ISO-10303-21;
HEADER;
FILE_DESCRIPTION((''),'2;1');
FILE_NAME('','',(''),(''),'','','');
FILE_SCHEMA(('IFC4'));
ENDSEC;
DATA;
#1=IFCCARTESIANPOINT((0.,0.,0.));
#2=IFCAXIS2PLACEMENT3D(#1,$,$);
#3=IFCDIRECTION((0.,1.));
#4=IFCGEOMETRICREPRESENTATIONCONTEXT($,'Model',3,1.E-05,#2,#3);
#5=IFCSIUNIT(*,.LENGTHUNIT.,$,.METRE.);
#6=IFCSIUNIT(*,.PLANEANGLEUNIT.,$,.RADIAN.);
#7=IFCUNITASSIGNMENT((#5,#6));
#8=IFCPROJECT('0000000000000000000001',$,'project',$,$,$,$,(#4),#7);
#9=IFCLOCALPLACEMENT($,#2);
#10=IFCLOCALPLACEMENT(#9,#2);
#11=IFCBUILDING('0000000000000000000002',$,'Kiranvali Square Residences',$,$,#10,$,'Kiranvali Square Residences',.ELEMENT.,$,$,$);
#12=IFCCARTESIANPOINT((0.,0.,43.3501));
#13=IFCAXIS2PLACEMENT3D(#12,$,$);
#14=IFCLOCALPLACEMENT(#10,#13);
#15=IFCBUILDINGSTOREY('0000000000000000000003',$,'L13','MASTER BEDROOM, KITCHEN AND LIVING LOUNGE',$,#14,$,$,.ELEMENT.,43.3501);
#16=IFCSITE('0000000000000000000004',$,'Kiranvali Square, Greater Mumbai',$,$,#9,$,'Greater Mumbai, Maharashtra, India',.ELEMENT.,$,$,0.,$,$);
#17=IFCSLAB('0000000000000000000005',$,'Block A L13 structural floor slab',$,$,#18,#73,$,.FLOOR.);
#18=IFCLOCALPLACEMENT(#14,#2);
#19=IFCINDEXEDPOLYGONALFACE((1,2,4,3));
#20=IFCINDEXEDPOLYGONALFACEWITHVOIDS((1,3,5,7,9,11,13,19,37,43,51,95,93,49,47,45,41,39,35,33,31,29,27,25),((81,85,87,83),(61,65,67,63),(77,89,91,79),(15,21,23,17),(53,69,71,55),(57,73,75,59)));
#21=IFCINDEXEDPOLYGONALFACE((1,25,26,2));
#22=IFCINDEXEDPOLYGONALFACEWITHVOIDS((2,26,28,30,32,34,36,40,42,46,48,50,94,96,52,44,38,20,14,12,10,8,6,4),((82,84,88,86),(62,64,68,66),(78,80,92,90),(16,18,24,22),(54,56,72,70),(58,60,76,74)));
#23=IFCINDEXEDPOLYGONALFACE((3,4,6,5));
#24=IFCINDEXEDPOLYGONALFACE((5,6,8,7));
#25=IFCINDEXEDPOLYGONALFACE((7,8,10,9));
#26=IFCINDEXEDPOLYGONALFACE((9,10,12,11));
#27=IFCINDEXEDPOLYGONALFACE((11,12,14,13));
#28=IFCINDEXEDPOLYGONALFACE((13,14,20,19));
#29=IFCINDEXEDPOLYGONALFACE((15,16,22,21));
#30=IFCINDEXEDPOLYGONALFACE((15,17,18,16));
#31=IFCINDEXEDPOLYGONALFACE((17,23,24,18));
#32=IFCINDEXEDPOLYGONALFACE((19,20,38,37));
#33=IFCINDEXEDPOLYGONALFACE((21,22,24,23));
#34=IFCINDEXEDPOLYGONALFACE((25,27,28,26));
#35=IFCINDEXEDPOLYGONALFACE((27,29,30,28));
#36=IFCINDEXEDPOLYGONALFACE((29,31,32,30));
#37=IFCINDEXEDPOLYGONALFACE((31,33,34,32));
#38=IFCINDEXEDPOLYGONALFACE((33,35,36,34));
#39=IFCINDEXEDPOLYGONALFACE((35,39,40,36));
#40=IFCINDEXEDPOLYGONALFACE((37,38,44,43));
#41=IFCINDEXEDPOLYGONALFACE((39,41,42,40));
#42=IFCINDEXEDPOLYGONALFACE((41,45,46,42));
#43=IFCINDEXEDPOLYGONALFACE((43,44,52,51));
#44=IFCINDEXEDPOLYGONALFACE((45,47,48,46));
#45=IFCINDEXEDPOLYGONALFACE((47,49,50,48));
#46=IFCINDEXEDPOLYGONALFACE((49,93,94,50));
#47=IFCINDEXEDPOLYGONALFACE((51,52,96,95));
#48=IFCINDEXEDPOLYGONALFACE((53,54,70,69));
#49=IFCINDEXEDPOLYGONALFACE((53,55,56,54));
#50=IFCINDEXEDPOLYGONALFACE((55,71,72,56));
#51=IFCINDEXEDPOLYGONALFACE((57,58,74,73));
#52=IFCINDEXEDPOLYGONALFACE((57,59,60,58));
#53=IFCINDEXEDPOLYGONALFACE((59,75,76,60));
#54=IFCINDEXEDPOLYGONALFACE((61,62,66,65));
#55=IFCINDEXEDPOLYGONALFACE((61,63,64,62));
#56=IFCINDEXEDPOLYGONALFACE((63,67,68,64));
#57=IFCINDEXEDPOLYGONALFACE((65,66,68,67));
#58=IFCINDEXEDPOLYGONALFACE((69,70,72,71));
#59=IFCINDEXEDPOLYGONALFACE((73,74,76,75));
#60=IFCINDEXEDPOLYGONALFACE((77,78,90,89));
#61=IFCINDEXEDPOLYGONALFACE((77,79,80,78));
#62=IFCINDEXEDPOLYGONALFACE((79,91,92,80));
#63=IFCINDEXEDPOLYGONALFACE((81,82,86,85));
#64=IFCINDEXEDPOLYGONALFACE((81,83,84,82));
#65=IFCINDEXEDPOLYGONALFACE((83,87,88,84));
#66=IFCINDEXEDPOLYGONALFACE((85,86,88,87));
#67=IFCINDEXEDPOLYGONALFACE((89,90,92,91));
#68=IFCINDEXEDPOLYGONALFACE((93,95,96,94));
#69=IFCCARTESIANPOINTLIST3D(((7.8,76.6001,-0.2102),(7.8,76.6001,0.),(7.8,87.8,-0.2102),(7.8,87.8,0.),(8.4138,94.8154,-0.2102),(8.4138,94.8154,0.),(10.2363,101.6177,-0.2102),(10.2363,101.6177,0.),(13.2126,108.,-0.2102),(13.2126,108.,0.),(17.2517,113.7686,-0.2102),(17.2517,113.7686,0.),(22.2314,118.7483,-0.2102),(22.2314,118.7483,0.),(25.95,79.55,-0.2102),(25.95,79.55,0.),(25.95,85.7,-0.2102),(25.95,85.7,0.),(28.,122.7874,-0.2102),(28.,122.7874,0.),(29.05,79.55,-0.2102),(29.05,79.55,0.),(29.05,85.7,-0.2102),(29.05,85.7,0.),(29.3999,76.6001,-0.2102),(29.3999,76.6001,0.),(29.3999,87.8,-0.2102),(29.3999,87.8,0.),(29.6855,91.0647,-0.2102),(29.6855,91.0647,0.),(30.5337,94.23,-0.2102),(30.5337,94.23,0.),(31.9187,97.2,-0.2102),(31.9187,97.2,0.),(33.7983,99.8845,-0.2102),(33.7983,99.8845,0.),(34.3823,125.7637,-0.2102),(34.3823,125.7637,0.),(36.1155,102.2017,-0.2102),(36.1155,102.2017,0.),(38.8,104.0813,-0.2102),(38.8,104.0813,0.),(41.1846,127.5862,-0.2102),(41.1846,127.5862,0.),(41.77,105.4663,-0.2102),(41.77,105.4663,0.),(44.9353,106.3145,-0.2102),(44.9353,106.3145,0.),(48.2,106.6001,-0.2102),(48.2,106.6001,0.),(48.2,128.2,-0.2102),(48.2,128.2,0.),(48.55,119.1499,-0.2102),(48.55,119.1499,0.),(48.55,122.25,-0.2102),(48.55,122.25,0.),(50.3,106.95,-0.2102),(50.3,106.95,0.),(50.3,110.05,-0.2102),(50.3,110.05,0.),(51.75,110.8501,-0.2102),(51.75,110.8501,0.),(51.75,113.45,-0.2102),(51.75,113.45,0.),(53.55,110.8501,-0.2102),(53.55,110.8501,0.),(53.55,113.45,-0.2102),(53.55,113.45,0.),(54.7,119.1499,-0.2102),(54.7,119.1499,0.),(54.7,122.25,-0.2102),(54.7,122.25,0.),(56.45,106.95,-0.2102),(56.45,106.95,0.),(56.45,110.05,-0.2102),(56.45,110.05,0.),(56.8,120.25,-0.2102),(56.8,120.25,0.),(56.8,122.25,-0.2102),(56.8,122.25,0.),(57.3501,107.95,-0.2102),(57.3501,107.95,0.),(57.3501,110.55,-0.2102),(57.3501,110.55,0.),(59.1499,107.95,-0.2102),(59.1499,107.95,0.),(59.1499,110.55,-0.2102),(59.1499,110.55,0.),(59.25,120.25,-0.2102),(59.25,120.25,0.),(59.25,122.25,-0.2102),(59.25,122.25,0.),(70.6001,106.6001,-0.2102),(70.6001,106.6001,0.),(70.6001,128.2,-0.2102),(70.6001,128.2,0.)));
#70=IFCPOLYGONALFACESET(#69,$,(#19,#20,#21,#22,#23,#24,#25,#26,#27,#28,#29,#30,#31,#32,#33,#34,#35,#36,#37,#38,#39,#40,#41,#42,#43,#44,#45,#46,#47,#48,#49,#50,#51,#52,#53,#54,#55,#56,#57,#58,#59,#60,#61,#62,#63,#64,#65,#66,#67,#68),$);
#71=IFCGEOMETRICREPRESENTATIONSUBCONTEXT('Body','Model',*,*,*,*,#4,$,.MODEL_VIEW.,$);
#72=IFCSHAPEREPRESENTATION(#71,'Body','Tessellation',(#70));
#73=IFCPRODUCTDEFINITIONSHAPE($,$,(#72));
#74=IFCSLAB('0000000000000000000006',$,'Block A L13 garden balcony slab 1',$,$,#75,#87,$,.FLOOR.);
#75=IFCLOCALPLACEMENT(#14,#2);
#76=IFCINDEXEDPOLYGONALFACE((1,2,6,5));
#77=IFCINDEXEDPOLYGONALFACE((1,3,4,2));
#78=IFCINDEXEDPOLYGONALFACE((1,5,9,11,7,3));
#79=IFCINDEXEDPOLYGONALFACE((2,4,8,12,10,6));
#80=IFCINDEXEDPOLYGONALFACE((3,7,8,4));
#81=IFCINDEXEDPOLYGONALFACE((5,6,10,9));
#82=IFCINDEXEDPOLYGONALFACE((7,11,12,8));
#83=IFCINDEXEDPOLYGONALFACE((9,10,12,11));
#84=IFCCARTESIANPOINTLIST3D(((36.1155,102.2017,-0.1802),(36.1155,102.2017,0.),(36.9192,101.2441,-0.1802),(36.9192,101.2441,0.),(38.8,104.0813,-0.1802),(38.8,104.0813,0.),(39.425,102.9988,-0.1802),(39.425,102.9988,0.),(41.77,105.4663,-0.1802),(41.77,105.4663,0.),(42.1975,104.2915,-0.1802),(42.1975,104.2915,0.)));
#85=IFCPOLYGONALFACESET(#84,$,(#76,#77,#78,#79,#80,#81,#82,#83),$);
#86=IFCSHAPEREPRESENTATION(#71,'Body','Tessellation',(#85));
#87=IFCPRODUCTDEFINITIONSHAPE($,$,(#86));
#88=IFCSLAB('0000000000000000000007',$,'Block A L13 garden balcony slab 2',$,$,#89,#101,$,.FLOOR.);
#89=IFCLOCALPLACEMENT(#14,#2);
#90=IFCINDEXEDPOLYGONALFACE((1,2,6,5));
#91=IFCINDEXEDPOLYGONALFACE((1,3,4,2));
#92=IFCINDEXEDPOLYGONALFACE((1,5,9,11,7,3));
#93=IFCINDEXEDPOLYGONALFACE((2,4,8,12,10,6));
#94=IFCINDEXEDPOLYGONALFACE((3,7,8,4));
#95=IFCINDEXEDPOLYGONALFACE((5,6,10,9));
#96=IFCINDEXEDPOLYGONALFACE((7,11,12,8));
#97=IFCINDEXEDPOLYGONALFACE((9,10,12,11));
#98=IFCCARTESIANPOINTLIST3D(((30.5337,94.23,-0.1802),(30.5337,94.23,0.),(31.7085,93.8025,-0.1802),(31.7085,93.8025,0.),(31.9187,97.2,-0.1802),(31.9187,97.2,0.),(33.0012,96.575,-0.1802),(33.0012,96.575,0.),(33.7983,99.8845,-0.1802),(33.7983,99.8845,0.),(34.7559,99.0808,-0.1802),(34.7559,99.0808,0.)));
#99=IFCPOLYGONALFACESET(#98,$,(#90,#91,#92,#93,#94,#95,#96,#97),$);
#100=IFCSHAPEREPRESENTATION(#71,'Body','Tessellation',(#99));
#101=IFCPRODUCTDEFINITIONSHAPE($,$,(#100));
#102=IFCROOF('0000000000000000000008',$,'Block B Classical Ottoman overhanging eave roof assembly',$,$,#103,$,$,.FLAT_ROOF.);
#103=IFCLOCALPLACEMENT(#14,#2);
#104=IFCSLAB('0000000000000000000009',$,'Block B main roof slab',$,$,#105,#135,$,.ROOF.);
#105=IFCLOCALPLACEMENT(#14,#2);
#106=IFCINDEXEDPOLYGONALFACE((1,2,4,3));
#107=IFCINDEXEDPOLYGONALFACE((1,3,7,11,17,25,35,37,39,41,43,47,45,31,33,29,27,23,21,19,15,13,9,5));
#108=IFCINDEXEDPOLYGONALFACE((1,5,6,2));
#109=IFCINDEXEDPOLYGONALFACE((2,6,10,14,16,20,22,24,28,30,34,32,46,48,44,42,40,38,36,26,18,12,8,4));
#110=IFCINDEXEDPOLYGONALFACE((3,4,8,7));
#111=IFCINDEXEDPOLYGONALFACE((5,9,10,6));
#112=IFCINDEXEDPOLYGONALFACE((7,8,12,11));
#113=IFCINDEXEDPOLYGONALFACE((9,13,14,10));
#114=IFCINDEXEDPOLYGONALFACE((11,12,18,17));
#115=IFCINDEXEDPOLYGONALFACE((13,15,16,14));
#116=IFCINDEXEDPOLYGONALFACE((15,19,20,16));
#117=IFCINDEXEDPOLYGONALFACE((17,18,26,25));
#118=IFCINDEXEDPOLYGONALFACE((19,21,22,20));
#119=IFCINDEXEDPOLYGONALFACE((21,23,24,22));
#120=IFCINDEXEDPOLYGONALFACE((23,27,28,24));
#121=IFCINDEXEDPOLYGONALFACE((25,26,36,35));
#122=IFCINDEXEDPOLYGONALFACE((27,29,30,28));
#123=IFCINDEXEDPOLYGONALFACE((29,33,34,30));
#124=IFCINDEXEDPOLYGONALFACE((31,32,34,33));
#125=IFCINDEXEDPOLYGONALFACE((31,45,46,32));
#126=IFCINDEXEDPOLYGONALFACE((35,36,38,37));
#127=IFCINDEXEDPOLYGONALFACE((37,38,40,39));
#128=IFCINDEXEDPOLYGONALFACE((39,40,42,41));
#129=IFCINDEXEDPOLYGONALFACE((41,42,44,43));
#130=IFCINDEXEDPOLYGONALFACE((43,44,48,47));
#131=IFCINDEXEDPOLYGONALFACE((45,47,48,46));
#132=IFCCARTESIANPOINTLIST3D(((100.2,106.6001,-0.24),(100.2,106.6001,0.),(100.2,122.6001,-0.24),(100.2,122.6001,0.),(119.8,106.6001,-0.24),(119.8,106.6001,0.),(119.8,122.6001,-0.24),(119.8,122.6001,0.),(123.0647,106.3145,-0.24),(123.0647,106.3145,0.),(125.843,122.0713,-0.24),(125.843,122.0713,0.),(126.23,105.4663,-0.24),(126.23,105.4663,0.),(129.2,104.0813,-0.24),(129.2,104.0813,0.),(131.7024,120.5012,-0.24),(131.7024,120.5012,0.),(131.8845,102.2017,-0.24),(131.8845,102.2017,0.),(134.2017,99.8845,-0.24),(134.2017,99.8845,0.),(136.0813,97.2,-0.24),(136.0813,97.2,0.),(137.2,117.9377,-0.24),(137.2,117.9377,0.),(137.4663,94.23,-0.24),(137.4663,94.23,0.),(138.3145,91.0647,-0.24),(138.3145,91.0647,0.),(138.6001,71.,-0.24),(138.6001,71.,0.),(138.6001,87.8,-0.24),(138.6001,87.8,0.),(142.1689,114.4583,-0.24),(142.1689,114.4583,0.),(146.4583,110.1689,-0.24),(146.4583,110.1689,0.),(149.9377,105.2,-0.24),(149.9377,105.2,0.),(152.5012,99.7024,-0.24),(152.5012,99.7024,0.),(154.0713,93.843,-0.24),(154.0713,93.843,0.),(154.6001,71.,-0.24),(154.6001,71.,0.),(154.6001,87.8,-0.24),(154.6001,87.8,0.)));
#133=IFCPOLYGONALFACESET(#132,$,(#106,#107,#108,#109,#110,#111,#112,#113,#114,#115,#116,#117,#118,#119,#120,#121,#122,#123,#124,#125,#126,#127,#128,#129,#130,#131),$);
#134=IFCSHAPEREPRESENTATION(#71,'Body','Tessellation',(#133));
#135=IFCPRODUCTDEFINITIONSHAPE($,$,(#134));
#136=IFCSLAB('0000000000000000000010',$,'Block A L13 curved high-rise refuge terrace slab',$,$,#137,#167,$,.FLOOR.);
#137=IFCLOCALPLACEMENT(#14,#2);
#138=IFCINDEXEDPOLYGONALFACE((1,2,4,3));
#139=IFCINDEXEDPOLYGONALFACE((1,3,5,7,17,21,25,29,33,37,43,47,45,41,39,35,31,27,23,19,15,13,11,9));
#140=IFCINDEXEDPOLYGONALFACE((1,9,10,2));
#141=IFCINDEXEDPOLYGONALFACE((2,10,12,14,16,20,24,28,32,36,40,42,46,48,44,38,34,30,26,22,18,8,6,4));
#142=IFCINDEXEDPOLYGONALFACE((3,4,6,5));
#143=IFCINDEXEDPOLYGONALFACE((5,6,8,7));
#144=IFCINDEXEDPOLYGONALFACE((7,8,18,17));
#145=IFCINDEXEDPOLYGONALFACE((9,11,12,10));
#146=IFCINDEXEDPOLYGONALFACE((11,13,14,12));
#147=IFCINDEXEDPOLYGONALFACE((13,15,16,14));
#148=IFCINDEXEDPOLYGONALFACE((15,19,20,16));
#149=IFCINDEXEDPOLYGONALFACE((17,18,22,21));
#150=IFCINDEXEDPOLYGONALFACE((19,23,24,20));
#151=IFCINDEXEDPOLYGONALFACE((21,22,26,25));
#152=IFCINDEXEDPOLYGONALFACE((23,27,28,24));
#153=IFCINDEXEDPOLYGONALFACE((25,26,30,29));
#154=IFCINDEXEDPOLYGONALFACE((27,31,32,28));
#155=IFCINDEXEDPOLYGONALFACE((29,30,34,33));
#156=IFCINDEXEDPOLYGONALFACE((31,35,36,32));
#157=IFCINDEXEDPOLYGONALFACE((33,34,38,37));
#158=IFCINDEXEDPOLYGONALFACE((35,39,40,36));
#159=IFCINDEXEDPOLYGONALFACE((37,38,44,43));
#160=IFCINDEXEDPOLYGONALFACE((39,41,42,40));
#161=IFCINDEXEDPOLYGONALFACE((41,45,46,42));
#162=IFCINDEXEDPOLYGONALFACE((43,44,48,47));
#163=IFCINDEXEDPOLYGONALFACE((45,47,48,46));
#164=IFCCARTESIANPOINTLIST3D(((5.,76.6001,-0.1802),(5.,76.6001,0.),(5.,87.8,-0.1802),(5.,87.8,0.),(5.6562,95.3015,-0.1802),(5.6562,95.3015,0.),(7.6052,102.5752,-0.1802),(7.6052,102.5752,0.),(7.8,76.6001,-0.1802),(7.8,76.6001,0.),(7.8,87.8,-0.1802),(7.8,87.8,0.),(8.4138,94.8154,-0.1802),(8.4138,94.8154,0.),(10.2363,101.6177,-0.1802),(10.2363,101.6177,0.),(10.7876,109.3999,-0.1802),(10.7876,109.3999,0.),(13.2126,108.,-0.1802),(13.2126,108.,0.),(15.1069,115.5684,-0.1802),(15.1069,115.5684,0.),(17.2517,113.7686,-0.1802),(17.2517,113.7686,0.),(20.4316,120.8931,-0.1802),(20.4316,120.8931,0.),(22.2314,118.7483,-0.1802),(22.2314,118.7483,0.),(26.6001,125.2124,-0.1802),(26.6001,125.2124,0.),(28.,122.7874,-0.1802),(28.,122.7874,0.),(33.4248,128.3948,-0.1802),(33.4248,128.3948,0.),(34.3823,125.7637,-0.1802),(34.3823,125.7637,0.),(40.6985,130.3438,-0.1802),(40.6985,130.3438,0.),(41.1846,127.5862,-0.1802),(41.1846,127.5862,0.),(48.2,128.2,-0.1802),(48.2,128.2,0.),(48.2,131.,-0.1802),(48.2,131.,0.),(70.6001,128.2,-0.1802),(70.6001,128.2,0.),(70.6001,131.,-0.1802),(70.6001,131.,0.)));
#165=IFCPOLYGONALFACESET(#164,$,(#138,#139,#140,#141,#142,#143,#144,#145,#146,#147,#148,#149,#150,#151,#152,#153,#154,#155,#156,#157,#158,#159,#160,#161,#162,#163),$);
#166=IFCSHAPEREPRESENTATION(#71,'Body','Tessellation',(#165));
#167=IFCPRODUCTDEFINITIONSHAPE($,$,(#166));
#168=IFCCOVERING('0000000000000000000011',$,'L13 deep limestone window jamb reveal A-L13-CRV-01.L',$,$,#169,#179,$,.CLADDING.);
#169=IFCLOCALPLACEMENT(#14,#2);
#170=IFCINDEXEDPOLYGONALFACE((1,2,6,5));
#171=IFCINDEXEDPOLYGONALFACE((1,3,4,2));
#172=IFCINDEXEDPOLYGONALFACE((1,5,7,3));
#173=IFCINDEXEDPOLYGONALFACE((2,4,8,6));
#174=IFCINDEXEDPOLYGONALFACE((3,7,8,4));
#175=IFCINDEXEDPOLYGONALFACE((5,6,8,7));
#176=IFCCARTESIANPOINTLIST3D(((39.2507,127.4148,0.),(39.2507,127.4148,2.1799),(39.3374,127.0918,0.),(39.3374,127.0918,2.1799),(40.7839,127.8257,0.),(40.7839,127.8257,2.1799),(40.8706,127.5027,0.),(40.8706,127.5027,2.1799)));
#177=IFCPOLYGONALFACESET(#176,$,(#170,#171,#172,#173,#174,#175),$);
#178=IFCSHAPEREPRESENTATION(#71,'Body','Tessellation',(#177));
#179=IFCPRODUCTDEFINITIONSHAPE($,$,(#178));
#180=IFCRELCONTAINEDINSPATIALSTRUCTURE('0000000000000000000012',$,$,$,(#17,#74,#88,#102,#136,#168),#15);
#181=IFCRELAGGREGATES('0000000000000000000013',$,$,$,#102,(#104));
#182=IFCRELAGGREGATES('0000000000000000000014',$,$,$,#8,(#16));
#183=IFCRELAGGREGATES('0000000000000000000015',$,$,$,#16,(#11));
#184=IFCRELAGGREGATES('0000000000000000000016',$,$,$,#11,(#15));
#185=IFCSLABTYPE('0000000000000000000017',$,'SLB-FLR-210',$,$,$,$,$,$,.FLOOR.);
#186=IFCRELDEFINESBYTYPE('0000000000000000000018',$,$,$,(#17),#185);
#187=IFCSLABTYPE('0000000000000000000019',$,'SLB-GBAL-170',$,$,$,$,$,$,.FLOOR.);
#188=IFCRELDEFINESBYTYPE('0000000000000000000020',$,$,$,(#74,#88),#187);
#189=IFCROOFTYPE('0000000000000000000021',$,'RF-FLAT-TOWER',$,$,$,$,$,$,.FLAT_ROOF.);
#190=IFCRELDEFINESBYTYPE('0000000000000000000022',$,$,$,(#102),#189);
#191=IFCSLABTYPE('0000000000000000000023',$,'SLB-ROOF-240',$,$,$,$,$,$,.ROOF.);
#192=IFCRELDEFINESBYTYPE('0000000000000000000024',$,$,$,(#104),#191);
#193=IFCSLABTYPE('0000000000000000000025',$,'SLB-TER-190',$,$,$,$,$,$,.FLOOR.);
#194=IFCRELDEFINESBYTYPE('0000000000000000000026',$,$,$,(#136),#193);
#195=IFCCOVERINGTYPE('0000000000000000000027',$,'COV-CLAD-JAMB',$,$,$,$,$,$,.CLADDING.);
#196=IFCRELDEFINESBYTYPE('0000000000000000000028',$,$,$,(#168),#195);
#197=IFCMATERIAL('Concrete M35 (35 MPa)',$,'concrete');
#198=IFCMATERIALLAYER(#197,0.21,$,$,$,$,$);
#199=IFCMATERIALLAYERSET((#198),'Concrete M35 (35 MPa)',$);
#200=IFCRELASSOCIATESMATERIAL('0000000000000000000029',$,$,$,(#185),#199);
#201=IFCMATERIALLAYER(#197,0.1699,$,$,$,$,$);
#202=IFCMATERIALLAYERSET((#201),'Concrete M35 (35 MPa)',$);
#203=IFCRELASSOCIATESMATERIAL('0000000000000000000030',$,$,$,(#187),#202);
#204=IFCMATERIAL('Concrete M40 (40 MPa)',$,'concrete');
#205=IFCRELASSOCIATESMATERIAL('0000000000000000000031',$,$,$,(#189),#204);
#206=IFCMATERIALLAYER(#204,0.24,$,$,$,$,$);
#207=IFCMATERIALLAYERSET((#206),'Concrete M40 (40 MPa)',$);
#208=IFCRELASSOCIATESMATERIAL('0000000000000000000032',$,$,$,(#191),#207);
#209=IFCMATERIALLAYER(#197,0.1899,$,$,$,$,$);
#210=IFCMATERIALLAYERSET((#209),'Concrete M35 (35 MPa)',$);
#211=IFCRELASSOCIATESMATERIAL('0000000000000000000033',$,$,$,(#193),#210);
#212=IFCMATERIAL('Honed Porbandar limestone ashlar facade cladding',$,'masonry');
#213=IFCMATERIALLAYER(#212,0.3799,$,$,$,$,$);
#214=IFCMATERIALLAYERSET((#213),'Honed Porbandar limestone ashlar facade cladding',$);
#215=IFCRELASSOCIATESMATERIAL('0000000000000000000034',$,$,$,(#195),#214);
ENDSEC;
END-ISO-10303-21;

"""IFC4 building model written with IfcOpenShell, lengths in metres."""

from ifc_helpers import new_model, si_unit, direction, frame, origin, place, context, subcontext, project, spatial, polyline, outline, extrude, material, layer, layer_set, type_object, element, aggregate, save


model = new_model("IFC4")

# Units and contexts
model_context = context("Model", 3, precision=1e-05, world=origin(), true_north=direction((0.0, 1.0)))
body_context = subcontext(model_context, "Body", "Model", "MODEL_VIEW")
ifc_project = project(units=[si_unit("LENGTHUNIT", "METRE"), si_unit("PLANEANGLEUNIT", "RADIAN")], contexts=[model_context])

# Site, building, storey
site_placement = place(None, origin())
site = spatial("IfcSite", under=ifc_project, at=site_placement, Name="Kiranvali Square, Greater Mumbai", LongName="Greater Mumbai, Maharashtra, India", CompositionType="ELEMENT", RefElevation=0.0)
building_placement = place(site_placement, origin())
building = spatial("IfcBuilding", under=site, at=building_placement, Name="Kiranvali Square Residences", LongName="Kiranvali Square Residences", CompositionType="ELEMENT")
storey_placement = place(building_placement, frame((0.0, 0.0, 43.3501)))
storey = spatial("IfcBuildingStorey", under=building, at=storey_placement, Name="L13", Description="MASTER BEDROOM, KITCHEN AND LIVING LOUNGE", CompositionType="ELEMENT", Elevation=43.3501)

# Slabs
ifc_material_1 = material(Name="Concrete M35 (35 MPa)", Category="concrete")
ifc_layer_1 = layer(ifc_material_1, 0.21)
ifc_layer_set_1 = layer_set([ifc_layer_1], Name="Concrete M35 (35 MPa)")
slab_type_1 = type_object("IfcSlabType", Name="SLB-FLR-210", PredefinedType="FLOOR", material=ifc_layer_set_1)
slab_1_placement = place(storey_placement, frame((0.0, 0.0, -0.2102)))
element("IfcSlab", 1, at=slab_1_placement, inside=storey, type_object=slab_type_1, Name="Block A L13 structural floor slab", PredefinedType="FLOOR", context=body_context, shape_type="SweptSolid", body=[
    extrude(outline(polyline([(70.6001, 106.6001), (70.6001, 128.2), (48.2, 128.2), (41.1846, 127.5862), (34.3823, 125.7637), (28.0, 122.7874), (22.2314, 118.7483), (17.2517, 113.7686), (13.2126, 108.0), (10.2363, 101.6177), (8.4138, 94.8154), (7.8, 87.8), (7.8, 76.6001), (29.3999, 76.6001), (29.3999, 87.8), (29.6855, 91.0647), (30.5337, 94.23), (31.9187, 97.2), (33.7983, 99.8845), (36.1155, 102.2017), (38.8, 104.0813), (41.77, 105.4663), (44.9353, 106.3145), (48.2, 106.6001), (70.6001, 106.6001)]), holes=[polyline([(56.8, 120.25), (59.25, 120.25), (59.25, 122.25), (56.8, 122.25), (56.8, 120.25)]), polyline([(57.3501, 107.95), (59.1499, 107.95), (59.1499, 110.55), (57.3501, 110.55), (57.3501, 107.95)]), polyline([(51.75, 110.8501), (53.55, 110.8501), (53.55, 113.45), (51.75, 113.45), (51.75, 110.8501)]), polyline([(54.7, 122.25), (48.55, 122.25), (48.55, 119.1499), (54.7, 119.1499), (54.7, 122.25)]), polyline([(50.3, 106.95), (56.45, 106.95), (56.45, 110.05), (50.3, 110.05), (50.3, 106.95)]), polyline([(25.95, 85.7), (25.95, 79.55), (29.05, 79.55), (29.05, 85.7), (25.95, 85.7)])]), origin(), (0.0, 0.0, 1.0), 0.2102),
])
ifc_layer_2 = layer(ifc_material_1, 0.1699)
ifc_layer_set_2 = layer_set([ifc_layer_2], Name="Concrete M35 (35 MPa)")
slab_type_2 = type_object("IfcSlabType", Name="SLB-GBAL-170", PredefinedType="FLOOR", material=ifc_layer_set_2)
slab_2_placement = place(storey_placement, frame((0.0, 0.0, -0.1802)))
element("IfcSlab", 2, at=slab_2_placement, inside=storey, type_object=slab_type_2, Name="Block A L13 garden balcony slab 1", PredefinedType="FLOOR", context=body_context, shape_type="SweptSolid", body=[
    extrude(outline(polyline([(41.77, 105.4663), (38.8, 104.0813), (36.1155, 102.2017), (36.9192, 101.2441), (39.425, 102.9988), (42.1975, 104.2915), (41.77, 105.4663)])), origin(), (0.0, 0.0, 1.0), 0.1802),
])
slab_3_placement = place(storey_placement, frame((0.0, 0.0, -0.1802)))
element("IfcSlab", 3, at=slab_3_placement, inside=storey, type_object=slab_type_2, Name="Block A L13 garden balcony slab 2", PredefinedType="FLOOR", context=body_context, shape_type="SweptSolid", body=[
    extrude(outline(polyline([(33.7983, 99.8845), (31.9187, 97.2), (30.5337, 94.23), (31.7085, 93.8025), (33.0012, 96.575), (34.7559, 99.0808), (33.7983, 99.8845)])), origin(), (0.0, 0.0, 1.0), 0.1802),
])

# Roof, slab
ifc_material_2 = material(Name="Concrete M40 (40 MPa)", Category="concrete")
roof_type = type_object("IfcRoofType", Name="RF-FLAT-TOWER", PredefinedType="FLAT_ROOF", material=ifc_material_2)
roof_placement = place(storey_placement, origin())
roof = element("IfcRoof", 4, at=roof_placement, inside=storey, type_object=roof_type, Name="Block B Classical Ottoman overhanging eave roof assembly", PredefinedType="FLAT_ROOF")
ifc_layer_3 = layer(ifc_material_2, 0.24)
ifc_layer_set_3 = layer_set([ifc_layer_3], Name="Concrete M40 (40 MPa)")
slab_type_3 = type_object("IfcSlabType", Name="SLB-ROOF-240", PredefinedType="ROOF", material=ifc_layer_set_3)
slab_4_placement = place(storey_placement, frame((0.0, 0.0, -0.24)))
slab_4 = element("IfcSlab", 5, at=slab_4_placement, type_object=slab_type_3, Name="Block B main roof slab", PredefinedType="ROOF", context=body_context, shape_type="SweptSolid", body=[
    extrude(outline(polyline([(119.8, 106.6001), (123.0647, 106.3145), (126.23, 105.4663), (129.2, 104.0813), (131.8845, 102.2017), (134.2017, 99.8845), (136.0813, 97.2), (137.4663, 94.23), (138.3145, 91.0647), (138.6001, 87.8), (138.6001, 71.0), (154.6001, 71.0), (154.6001, 87.8), (154.0713, 93.843), (152.5012, 99.7024), (149.9377, 105.2), (146.4583, 110.1689), (142.1689, 114.4583), (137.2, 117.9377), (131.7024, 120.5012), (125.843, 122.0713), (119.8, 122.6001), (100.2, 122.6001), (100.2, 106.6001), (119.8, 106.6001)])), origin(), (0.0, 0.0, 1.0), 0.24),
])
aggregate(roof, [slab_4])

# Slab
ifc_layer_4 = layer(ifc_material_1, 0.1899)
ifc_layer_set_4 = layer_set([ifc_layer_4], Name="Concrete M35 (35 MPa)")
slab_type_4 = type_object("IfcSlabType", Name="SLB-TER-190", PredefinedType="FLOOR", material=ifc_layer_set_4)
slab_5_placement = place(storey_placement, frame((0.0, 0.0, -0.1802)))
element("IfcSlab", 6, at=slab_5_placement, inside=storey, type_object=slab_type_4, Name="Block A L13 curved high-rise refuge terrace slab", PredefinedType="FLOOR", context=body_context, shape_type="SweptSolid", body=[
    extrude(outline(polyline([(70.6001, 131.0), (48.2, 131.0), (40.6985, 130.3438), (33.4248, 128.3948), (26.6001, 125.2124), (20.4316, 120.8931), (15.1069, 115.5684), (10.7876, 109.3999), (7.6052, 102.5752), (5.6562, 95.3015), (5.0, 87.8), (5.0, 76.6001), (7.8, 76.6001), (7.8, 87.8), (8.4138, 94.8154), (10.2363, 101.6177), (13.2126, 108.0), (17.2517, 113.7686), (22.2314, 118.7483), (28.0, 122.7874), (34.3823, 125.7637), (41.1846, 127.5862), (48.2, 128.2), (70.6001, 128.2), (70.6001, 131.0)])), origin(), (0.0, 0.0, 1.0), 0.1802),
])

# Covering
ifc_material_3 = material(Name="Honed Porbandar limestone ashlar facade cladding", Category="masonry")
ifc_layer_5 = layer(ifc_material_3, 0.3799)
ifc_layer_set_5 = layer_set([ifc_layer_5], Name="Honed Porbandar limestone ashlar facade cladding")
covering_type_1 = type_object("IfcCoveringType", Name="COV-CLAD-JAMB", PredefinedType="CLADDING", material=ifc_layer_set_5)
covering_1_placement = place(storey_placement, origin())
element("IfcCovering", 7, at=covering_1_placement, inside=storey, type_object=covering_type_1, Name="L13 deep limestone window jamb reveal A-L13-CRV-01.L", PredefinedType="CLADDING", context=body_context, shape_type="SweptSolid", body=[
    extrude(outline(polyline([(40.7839, 127.8257), (39.2507, 127.4148), (39.3374, 127.0918), (40.8706, 127.5027), (40.7839, 127.8257)])), origin(), (0.0, 0.0, 1.0), 2.1799),
])

save(model, "model.ifc")
